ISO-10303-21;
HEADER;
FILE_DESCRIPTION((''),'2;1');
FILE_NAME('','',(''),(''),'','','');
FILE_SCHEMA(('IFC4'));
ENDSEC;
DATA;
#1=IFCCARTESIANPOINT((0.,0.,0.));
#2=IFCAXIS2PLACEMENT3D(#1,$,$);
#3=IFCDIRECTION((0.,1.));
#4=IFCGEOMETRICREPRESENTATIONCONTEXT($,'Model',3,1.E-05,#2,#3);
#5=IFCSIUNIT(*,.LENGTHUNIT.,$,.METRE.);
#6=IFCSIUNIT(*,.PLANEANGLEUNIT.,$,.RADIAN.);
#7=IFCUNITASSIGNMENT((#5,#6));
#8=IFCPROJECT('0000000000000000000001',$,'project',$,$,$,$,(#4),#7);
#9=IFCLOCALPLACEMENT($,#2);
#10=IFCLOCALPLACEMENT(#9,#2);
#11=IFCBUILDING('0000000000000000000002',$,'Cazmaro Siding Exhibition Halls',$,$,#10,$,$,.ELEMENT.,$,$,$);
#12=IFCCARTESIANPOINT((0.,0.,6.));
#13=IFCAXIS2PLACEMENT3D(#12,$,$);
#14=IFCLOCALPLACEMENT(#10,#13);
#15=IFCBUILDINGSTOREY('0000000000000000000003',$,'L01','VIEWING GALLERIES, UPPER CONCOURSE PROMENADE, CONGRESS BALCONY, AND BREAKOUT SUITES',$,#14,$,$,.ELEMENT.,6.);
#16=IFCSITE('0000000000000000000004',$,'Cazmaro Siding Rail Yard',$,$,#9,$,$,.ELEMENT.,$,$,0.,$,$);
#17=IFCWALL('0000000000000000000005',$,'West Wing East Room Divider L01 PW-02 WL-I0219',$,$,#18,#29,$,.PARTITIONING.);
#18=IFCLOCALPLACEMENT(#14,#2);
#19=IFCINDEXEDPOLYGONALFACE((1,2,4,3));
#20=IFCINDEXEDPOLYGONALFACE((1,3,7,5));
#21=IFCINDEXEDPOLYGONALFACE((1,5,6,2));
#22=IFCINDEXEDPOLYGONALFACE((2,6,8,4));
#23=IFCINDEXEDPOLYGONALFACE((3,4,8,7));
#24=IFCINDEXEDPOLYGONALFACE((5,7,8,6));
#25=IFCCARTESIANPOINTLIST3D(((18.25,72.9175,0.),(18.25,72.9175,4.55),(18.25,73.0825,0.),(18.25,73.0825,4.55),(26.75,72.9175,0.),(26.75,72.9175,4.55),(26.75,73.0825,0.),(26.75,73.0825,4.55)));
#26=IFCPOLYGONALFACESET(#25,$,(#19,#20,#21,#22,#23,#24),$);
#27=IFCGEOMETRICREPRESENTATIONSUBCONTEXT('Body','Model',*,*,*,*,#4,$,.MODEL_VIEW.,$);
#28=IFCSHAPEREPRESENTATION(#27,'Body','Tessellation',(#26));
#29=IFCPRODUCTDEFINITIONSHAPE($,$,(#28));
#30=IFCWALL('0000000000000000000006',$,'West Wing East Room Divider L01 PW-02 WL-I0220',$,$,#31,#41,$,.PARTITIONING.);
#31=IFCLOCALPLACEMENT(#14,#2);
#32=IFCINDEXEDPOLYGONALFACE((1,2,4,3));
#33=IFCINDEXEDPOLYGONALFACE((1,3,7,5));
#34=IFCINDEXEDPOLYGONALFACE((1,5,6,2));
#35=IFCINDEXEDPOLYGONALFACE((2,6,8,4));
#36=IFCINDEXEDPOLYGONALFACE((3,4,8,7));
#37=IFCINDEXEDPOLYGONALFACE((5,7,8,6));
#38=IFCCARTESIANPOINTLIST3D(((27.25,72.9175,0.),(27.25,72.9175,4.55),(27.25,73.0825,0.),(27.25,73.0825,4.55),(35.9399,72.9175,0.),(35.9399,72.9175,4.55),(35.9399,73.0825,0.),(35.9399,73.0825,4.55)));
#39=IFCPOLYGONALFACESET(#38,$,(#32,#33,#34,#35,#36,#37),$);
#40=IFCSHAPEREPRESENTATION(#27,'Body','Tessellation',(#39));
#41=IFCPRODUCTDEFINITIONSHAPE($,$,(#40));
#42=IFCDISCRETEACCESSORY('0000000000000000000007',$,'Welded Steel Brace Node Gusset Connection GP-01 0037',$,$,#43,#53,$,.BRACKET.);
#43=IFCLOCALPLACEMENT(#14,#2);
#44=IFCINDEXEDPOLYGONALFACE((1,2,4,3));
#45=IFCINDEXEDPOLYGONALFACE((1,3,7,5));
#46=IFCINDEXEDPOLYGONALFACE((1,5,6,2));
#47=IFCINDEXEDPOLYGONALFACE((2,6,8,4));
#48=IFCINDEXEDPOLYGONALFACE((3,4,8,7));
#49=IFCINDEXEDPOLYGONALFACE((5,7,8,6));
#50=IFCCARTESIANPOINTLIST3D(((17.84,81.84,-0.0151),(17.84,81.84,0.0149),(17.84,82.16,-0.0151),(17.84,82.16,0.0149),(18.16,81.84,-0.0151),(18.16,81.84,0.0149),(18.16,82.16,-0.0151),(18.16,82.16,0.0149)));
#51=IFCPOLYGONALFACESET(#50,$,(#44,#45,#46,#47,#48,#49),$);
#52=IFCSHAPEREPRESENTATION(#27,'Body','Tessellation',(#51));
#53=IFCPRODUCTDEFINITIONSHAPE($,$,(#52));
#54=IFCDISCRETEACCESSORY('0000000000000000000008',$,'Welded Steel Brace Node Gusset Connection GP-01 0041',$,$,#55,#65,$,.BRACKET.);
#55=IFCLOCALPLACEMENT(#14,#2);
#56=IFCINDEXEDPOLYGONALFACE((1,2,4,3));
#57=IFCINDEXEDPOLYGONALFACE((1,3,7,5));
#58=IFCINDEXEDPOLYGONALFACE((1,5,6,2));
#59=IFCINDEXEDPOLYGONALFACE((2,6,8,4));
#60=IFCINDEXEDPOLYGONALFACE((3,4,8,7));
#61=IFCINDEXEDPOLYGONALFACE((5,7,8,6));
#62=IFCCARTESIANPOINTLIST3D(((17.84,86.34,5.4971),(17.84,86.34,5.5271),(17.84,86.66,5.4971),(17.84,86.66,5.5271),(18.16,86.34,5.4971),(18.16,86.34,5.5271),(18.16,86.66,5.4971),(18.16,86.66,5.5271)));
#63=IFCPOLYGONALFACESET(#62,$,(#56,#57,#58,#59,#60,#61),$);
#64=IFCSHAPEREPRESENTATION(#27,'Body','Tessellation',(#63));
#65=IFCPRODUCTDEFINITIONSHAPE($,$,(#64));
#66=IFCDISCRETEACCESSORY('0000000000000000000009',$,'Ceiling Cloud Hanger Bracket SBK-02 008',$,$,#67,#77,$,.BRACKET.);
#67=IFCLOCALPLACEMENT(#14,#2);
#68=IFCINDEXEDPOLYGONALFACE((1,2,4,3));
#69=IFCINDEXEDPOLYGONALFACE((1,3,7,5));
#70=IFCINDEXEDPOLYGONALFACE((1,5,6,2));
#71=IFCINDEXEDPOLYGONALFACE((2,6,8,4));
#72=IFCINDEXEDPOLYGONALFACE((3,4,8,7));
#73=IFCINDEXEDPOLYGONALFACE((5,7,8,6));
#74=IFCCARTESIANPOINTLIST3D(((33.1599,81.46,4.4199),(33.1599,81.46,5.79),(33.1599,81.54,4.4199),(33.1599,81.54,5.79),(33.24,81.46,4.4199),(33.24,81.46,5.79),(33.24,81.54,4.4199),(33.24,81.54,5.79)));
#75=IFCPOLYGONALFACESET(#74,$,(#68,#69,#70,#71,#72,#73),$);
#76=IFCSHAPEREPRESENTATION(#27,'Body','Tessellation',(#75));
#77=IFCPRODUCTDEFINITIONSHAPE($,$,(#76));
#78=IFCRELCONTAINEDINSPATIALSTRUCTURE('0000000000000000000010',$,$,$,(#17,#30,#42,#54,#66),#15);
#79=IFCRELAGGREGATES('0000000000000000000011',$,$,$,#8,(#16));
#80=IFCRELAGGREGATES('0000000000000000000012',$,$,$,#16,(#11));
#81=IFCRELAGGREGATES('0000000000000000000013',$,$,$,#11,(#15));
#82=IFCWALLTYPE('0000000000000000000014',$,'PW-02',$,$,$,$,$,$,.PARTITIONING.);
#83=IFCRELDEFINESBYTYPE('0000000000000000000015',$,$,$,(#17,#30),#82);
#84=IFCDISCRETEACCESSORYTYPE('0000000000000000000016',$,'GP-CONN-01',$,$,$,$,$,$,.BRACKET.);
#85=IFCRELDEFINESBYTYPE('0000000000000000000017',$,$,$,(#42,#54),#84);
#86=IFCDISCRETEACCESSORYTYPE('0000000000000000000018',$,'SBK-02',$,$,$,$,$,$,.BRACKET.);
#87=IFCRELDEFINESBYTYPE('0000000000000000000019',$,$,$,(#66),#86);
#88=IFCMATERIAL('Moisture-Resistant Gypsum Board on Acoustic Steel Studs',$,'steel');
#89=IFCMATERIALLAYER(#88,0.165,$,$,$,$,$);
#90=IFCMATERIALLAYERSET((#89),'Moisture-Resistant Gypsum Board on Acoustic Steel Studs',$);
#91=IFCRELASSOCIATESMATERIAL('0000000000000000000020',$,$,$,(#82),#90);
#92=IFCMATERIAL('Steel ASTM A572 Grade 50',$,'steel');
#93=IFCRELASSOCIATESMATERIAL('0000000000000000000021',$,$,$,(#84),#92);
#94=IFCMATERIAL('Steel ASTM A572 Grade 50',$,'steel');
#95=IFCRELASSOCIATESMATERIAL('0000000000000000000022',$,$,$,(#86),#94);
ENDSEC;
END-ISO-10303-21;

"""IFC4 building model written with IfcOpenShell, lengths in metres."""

from ifc_helpers import new_model, si_unit, direction, frame, frame_2d, origin, origin_2d, place, context, subcontext, project, spatial, rectangle, extrude, material, layer, layer_set, type_object, element, save


model = new_model("IFC4")

# Units and contexts
model_context = context("Model", 3, precision=1e-05, world=origin(), true_north=direction((0.0, 1.0)))
body_context = subcontext(model_context, "Body", "Model", "MODEL_VIEW")
ifc_project = project(units=[si_unit("LENGTHUNIT", "METRE"), si_unit("PLANEANGLEUNIT", "RADIAN")], contexts=[model_context])

# Site, building, storey
site_placement = place(None, origin())
site = spatial("IfcSite", under=ifc_project, at=site_placement, Name="Cazmaro Siding Rail Yard", CompositionType="ELEMENT", RefElevation=0.0)
building_placement = place(site_placement, origin())
building = spatial("IfcBuilding", under=site, at=building_placement, Name="Cazmaro Siding Exhibition Halls", CompositionType="ELEMENT")
storey_placement = place(building_placement, frame((0.0, 0.0, 6.0)))
storey = spatial("IfcBuildingStorey", under=building, at=storey_placement, Name="L01", Description="VIEWING GALLERIES, UPPER CONCOURSE PROMENADE, CONGRESS BALCONY, AND BREAKOUT SUITES", CompositionType="ELEMENT", Elevation=6.0)

# Walls
ifc_material_1 = material(Name="Moisture-Resistant Gypsum Board on Acoustic Steel Studs", Category="steel")
ifc_layer_1 = layer(ifc_material_1, 0.165)
ifc_layer_set_1 = layer_set([ifc_layer_1], Name="Moisture-Resistant Gypsum Board on Acoustic Steel Studs")
wall_type = type_object("IfcWallType", Name="PW-02", PredefinedType="PARTITIONING", material=ifc_layer_set_1)
wall_1_placement = place(storey_placement, frame((18.25, 73.0, 0.0), z_axis=(0.0, 0.0, 1.0), x_axis=(1.0, 0.0, 0.0)))
element("IfcWall", 1, at=wall_1_placement, inside=storey, type_object=wall_type, Name="West Wing East Room Divider L01 PW-02 WL-I0219", PredefinedType="PARTITIONING", context=body_context, shape_type="SweptSolid", body=[
    extrude(rectangle(XDim=8.5, YDim=0.165, at=frame_2d((4.25, 0.0))), origin(), (0.0, 0.0, 1.0), 4.55),
])
wall_2_placement = place(storey_placement, frame((27.25, 73.0, 0.0), z_axis=(0.0, 0.0, 1.0), x_axis=(1.0, 0.0, 0.0)))
element("IfcWall", 2, at=wall_2_placement, inside=storey, type_object=wall_type, Name="West Wing East Room Divider L01 PW-02 WL-I0220", PredefinedType="PARTITIONING", context=body_context, shape_type="SweptSolid", body=[
    extrude(rectangle(XDim=8.6899, YDim=0.165, at=frame_2d((4.345, 0.0))), origin(), (0.0, 0.0, 1.0), 4.55),
])

# Discrete accessories
ifc_material_2 = material(Name="Steel ASTM A572 Grade 50", Category="steel")
discrete_accessory_type_1 = type_object("IfcDiscreteAccessoryType", Name="GP-CONN-01", PredefinedType="BRACKET", material=ifc_material_2)
for number, where, z_axis, x_axis, name in (
    (3, (18.0, 82.0, -0.0151), (0.0, 0.0, 1.0), (1.0, 0.0, 0.0), "Welded Steel Brace Node Gusset Connection GP-01 0037"),
    (4, (18.0, 86.5, 5.4971), (0.0, 0.0, 1.0), (1.0, 0.0, 0.0), "Welded Steel Brace Node Gusset Connection GP-01 0041"),
):
    element("IfcDiscreteAccessory", number, at=place(storey_placement, frame(where, z_axis=z_axis, x_axis=x_axis)), inside=storey, type_object=discrete_accessory_type_1, Name=name, PredefinedType="BRACKET", context=body_context, shape_type="SweptSolid", body=[
        extrude(rectangle(XDim=0.3201, YDim=0.3201, at=origin_2d()), origin(), (0.0, 0.0, 1.0), 0.03),
    ])
ifc_material_3 = material(Name="Steel ASTM A572 Grade 50", Category="steel")
discrete_accessory_type_2 = type_object("IfcDiscreteAccessoryType", Name="SBK-02", PredefinedType="BRACKET", material=ifc_material_3)
discrete_accessory_placement = place(storey_placement, frame((33.2, 81.5, 4.4199), z_axis=(0.0, 0.0, 1.0), x_axis=(1.0, 0.0, 0.0)))
element("IfcDiscreteAccessory", 5, at=discrete_accessory_placement, inside=storey, type_object=discrete_accessory_type_2, Name="Ceiling Cloud Hanger Bracket SBK-02 008", PredefinedType="BRACKET", context=body_context, shape_type="SweptSolid", body=[
    extrude(rectangle(XDim=0.0801, YDim=0.0801, at=origin_2d()), origin(), (0.0, 0.0, 1.0), 1.3701),
])

save(model, "model.ifc")
